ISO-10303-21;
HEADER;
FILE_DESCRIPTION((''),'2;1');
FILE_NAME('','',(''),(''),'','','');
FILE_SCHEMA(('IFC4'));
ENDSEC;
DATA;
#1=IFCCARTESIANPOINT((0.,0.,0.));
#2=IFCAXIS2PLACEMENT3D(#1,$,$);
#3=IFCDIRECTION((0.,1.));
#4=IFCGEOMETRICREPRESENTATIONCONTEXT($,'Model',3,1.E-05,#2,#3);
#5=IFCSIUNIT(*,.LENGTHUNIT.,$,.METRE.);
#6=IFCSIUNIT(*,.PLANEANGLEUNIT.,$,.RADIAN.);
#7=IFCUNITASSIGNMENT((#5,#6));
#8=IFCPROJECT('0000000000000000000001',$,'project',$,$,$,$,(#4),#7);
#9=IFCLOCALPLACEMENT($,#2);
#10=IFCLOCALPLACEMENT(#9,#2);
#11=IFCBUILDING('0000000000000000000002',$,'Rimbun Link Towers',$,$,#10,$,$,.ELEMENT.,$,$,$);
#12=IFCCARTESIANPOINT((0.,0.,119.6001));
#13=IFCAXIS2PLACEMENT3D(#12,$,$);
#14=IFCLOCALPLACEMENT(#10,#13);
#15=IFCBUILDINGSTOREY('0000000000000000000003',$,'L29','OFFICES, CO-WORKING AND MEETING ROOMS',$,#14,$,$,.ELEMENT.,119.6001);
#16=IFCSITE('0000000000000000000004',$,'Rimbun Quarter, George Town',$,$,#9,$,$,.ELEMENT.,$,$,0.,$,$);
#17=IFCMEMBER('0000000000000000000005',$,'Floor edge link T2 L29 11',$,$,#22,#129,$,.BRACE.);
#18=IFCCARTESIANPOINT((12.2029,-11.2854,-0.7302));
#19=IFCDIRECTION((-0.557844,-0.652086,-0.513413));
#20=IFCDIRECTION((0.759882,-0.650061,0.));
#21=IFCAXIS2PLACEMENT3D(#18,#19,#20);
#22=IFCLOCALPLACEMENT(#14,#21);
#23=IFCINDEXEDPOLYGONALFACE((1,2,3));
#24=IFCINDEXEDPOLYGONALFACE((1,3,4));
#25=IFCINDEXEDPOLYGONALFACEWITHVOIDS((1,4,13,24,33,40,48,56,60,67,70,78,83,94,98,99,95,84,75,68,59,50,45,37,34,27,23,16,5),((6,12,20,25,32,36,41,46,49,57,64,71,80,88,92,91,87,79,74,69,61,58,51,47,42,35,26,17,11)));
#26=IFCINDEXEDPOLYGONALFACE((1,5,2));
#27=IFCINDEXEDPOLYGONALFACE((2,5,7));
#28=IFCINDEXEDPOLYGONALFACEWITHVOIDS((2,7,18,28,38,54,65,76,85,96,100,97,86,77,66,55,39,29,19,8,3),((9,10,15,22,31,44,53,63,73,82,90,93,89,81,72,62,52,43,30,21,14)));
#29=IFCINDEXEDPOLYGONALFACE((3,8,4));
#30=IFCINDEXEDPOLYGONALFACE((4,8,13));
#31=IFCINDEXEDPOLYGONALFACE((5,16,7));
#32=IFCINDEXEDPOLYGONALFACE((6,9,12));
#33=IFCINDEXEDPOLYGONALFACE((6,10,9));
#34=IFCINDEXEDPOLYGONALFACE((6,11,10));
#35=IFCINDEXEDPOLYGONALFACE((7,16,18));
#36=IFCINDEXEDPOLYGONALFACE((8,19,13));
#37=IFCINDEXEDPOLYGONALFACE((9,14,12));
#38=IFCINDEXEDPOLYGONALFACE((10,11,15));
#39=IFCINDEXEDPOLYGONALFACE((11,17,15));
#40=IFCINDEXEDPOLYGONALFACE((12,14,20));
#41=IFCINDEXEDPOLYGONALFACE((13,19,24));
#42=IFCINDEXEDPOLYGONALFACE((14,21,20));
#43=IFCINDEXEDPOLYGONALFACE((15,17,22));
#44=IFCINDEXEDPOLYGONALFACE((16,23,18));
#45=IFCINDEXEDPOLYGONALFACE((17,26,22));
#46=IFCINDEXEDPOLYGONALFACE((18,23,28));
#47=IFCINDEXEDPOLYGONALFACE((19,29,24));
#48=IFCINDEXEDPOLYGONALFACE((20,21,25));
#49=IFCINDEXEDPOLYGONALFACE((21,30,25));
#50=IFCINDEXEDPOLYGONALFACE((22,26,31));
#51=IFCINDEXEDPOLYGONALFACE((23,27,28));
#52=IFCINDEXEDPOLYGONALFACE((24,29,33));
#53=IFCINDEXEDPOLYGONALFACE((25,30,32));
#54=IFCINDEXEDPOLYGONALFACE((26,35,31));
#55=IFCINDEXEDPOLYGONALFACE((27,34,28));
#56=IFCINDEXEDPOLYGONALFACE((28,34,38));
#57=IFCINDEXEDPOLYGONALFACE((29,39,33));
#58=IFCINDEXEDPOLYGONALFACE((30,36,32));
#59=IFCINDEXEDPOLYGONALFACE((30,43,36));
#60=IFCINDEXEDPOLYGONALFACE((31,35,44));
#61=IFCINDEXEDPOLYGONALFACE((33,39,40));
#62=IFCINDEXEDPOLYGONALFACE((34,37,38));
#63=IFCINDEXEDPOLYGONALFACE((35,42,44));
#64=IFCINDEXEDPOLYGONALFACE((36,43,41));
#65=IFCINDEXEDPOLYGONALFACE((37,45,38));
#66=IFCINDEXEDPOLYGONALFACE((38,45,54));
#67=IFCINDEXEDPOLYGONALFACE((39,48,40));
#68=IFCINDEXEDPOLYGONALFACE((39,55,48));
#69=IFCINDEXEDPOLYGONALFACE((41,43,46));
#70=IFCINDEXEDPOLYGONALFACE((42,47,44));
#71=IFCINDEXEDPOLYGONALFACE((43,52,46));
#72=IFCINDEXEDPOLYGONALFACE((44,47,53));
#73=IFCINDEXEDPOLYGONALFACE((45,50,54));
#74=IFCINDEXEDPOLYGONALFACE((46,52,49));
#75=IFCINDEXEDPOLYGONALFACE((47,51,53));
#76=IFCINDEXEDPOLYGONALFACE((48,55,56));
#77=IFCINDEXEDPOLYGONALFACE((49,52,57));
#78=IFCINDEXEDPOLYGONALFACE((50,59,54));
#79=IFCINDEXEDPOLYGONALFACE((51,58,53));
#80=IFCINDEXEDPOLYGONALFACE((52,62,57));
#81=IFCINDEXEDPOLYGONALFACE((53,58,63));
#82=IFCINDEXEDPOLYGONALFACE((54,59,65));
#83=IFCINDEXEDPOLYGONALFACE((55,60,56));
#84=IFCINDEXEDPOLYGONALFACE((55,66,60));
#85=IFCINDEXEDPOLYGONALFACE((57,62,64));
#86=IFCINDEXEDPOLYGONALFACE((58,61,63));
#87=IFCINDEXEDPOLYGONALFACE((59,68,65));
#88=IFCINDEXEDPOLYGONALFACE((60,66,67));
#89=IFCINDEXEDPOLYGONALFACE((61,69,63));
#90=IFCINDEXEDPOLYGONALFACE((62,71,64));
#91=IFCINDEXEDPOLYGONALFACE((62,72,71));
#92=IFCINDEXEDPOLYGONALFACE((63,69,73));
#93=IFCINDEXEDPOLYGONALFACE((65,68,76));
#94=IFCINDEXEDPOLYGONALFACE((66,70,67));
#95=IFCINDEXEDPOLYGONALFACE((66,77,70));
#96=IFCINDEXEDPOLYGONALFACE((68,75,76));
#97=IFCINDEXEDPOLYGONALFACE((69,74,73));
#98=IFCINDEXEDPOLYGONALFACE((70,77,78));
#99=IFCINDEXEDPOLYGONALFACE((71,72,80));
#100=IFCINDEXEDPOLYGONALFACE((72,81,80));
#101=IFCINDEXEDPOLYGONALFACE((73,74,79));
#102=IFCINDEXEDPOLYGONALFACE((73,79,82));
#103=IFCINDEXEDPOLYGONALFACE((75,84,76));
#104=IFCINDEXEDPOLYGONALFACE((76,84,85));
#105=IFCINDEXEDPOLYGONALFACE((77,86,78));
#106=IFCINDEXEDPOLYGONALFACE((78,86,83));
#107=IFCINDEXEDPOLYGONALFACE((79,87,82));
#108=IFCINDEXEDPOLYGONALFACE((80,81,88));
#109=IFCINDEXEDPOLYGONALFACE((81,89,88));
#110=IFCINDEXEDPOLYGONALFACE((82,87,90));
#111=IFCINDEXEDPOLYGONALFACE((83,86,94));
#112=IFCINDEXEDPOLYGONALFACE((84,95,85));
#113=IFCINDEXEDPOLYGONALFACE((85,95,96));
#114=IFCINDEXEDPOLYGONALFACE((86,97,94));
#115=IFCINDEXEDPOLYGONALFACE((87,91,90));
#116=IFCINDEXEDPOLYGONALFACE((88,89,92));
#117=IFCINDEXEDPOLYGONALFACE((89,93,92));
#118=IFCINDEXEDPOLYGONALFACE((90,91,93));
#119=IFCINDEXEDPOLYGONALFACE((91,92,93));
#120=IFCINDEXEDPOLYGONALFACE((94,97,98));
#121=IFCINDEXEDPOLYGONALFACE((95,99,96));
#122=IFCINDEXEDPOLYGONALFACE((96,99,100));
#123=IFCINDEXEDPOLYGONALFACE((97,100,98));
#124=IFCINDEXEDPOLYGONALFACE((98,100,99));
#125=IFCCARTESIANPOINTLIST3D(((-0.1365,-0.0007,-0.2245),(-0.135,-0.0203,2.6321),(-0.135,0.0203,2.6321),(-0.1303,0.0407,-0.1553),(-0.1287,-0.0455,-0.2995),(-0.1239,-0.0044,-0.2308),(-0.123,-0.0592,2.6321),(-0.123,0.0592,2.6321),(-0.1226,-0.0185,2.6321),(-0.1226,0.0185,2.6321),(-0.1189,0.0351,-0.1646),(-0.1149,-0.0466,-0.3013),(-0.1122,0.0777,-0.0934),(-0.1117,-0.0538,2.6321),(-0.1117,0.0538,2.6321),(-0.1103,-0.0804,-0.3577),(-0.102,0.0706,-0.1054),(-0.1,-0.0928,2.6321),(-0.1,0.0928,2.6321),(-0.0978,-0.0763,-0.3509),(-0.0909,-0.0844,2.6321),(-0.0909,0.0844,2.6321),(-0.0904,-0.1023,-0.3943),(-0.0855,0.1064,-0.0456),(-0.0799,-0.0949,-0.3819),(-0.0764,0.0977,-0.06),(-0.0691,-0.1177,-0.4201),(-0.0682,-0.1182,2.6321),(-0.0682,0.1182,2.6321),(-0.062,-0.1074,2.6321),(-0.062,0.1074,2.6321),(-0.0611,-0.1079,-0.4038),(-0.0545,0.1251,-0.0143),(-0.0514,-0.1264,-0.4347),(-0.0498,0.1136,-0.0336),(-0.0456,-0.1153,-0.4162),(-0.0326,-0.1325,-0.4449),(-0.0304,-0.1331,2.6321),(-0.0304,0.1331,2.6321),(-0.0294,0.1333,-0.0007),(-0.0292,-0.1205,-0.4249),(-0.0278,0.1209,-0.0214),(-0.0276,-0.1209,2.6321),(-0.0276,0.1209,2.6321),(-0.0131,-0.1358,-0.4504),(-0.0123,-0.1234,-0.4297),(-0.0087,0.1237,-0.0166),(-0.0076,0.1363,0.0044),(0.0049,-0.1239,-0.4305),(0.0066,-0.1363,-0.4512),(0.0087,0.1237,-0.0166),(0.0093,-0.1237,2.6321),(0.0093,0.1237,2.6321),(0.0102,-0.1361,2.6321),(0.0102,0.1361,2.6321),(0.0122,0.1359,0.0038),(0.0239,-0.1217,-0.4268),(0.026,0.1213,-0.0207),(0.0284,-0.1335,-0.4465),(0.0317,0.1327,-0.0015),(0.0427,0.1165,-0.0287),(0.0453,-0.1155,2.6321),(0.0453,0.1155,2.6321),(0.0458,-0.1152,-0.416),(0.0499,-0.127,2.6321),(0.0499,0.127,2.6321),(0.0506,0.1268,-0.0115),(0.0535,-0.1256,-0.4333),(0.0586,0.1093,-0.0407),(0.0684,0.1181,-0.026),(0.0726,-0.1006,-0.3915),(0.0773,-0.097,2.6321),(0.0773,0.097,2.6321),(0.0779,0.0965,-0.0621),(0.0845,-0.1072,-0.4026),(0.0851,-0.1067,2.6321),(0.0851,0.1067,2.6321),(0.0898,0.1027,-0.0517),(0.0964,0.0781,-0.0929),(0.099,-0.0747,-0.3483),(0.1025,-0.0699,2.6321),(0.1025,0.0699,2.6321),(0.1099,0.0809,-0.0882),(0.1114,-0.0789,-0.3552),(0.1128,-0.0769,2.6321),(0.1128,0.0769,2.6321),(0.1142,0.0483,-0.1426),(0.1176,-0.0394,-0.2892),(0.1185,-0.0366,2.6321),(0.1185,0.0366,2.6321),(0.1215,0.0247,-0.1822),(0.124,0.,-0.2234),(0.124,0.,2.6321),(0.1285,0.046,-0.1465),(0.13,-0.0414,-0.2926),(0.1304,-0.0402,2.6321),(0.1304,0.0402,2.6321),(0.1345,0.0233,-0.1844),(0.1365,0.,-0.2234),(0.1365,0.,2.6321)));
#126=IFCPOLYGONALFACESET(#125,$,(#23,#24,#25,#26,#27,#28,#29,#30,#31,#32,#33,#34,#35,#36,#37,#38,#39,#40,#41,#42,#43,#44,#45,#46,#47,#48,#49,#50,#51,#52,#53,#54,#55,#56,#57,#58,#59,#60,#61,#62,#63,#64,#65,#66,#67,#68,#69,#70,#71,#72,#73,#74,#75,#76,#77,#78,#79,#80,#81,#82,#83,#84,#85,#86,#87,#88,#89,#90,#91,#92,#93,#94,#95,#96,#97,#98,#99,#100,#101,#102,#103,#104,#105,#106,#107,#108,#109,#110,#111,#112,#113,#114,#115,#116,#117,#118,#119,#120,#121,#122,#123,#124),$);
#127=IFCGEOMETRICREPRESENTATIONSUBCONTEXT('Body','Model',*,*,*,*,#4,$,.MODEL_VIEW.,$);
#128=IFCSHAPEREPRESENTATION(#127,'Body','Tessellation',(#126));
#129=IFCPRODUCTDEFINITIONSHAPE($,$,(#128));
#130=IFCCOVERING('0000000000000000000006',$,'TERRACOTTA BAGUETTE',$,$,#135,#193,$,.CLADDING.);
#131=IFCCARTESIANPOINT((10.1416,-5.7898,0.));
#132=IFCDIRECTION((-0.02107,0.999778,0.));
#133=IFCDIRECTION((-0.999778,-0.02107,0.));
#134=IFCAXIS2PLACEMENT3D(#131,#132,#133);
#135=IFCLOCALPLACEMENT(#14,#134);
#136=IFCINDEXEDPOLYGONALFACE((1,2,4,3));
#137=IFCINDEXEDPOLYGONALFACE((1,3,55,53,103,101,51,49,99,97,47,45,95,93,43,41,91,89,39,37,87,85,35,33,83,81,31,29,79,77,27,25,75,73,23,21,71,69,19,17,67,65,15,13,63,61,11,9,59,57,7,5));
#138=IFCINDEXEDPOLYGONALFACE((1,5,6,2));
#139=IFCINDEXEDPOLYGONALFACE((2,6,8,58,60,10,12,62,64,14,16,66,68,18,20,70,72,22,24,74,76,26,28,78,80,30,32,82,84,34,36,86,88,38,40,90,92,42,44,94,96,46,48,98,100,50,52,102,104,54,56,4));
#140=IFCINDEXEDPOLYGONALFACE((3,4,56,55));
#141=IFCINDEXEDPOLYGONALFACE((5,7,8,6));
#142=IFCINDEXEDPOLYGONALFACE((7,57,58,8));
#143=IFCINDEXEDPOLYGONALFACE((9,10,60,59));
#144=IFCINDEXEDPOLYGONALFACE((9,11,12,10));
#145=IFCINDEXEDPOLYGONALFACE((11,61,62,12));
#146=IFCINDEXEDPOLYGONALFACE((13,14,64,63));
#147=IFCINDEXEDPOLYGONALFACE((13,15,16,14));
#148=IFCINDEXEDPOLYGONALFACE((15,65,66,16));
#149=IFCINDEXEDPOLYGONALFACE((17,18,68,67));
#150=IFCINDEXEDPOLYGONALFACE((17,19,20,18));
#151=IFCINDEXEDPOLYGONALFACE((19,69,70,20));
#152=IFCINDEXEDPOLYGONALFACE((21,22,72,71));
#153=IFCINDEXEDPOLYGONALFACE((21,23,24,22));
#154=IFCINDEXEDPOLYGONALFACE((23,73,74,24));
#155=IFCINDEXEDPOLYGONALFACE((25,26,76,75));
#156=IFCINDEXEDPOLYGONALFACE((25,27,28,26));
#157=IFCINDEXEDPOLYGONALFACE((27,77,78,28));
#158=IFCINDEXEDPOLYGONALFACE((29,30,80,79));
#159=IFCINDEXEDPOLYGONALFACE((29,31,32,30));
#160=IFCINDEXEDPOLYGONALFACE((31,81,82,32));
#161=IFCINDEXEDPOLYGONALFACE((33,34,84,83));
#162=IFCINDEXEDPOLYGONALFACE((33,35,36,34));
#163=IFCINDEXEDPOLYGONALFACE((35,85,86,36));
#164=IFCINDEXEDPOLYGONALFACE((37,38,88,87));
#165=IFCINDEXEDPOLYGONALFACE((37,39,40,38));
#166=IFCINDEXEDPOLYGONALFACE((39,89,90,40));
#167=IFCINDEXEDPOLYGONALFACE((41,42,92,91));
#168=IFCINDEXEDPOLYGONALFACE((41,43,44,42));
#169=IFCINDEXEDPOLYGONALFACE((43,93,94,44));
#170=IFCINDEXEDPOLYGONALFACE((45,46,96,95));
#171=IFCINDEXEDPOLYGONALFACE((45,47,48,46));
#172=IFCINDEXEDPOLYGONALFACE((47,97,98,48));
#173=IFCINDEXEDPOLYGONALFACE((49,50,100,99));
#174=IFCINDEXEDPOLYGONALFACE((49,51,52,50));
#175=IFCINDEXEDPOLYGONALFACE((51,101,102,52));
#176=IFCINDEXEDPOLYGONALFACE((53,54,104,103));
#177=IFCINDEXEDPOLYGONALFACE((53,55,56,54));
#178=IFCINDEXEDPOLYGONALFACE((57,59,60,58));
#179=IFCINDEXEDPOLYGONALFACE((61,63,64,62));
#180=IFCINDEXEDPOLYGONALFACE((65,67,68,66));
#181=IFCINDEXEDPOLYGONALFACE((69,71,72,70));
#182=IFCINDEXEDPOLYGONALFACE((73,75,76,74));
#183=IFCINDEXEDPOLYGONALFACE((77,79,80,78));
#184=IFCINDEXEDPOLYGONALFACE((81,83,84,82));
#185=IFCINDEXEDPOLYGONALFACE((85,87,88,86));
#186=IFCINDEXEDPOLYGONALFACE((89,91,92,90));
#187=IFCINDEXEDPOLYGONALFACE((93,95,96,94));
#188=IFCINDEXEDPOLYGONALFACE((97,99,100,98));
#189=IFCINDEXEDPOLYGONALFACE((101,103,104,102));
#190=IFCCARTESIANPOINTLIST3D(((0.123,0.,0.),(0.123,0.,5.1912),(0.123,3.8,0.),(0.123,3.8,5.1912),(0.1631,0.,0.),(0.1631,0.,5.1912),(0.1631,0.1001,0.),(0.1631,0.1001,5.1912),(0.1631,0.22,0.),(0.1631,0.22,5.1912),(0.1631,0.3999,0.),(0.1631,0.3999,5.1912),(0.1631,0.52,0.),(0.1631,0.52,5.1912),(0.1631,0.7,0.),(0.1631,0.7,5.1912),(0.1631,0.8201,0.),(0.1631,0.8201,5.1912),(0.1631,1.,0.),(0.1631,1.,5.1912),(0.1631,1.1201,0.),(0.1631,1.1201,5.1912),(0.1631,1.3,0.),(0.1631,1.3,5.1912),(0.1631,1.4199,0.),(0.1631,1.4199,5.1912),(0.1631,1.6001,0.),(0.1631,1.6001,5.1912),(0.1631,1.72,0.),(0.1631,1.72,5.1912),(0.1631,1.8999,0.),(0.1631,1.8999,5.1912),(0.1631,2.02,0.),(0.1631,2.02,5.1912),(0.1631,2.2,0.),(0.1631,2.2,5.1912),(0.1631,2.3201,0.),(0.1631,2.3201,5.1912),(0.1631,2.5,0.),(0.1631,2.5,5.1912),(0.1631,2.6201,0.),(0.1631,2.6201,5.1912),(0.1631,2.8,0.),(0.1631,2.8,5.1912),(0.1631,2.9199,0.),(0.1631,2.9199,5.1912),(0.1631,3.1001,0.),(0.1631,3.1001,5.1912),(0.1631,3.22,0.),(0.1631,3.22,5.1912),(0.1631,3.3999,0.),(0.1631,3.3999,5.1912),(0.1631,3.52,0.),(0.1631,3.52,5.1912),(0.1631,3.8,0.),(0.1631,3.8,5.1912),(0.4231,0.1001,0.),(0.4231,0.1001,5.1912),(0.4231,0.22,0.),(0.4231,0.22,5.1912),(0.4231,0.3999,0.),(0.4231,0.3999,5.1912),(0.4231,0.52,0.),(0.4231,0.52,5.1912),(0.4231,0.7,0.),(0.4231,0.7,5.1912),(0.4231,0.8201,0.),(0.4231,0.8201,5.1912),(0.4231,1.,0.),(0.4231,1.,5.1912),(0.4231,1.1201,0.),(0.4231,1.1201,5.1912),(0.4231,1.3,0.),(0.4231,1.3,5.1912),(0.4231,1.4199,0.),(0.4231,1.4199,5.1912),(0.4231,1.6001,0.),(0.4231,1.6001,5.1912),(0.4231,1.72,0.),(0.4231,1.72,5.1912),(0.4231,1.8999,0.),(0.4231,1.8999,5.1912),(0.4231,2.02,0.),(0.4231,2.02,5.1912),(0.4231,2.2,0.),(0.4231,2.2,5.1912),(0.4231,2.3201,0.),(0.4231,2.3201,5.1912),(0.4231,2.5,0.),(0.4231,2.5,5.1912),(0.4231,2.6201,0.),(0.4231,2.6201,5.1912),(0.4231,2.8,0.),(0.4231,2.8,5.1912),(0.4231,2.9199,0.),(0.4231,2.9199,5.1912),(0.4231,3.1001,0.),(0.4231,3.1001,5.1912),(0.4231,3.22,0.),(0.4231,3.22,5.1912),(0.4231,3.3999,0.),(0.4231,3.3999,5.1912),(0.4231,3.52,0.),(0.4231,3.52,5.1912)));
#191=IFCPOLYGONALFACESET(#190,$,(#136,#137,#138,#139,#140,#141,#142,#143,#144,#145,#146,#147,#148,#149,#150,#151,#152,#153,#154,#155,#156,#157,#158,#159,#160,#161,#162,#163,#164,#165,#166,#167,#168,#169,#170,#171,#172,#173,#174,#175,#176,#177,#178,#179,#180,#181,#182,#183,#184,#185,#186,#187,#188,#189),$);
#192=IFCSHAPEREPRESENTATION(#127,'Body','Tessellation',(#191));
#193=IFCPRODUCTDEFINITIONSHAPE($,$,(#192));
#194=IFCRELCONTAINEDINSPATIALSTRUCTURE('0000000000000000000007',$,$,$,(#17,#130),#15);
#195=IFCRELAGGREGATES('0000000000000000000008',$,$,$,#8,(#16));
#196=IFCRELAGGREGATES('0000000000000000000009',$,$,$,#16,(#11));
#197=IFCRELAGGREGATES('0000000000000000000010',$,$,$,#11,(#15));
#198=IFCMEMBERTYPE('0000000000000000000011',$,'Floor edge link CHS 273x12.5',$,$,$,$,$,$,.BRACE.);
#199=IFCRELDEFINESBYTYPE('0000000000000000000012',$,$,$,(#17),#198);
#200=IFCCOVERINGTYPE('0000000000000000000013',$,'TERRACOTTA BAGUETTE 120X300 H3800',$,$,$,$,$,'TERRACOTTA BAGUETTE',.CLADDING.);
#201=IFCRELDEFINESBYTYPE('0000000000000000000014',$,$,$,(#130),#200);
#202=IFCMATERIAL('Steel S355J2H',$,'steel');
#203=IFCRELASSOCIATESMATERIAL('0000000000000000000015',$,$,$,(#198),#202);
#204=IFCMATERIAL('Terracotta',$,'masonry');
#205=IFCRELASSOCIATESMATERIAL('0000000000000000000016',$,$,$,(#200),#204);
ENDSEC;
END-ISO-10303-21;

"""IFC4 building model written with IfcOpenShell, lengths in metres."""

from ifc_helpers import new_model, si_unit, direction, frame, origin, origin_2d, place, context, subcontext, project, spatial, polyline, hollow_circle, outline, extrude, clip, halfspace, material, material_profile, profile_set, type_object, element, save


model = new_model("IFC4")

# Units and contexts
model_context = context("Model", 3, precision=1e-05, world=origin(), true_north=direction((0.0, 1.0)))
body_context = subcontext(model_context, "Body", "Model", "MODEL_VIEW")
ifc_project = project(units=[si_unit("LENGTHUNIT", "METRE"), si_unit("PLANEANGLEUNIT", "RADIAN")], contexts=[model_context])

# Site, building, storey
site_placement = place(None, origin())
site = spatial("IfcSite", under=ifc_project, at=site_placement, Name="Rimbun Quarter, George Town", CompositionType="ELEMENT", RefElevation=0.0)
building_placement = place(site_placement, origin())
building = spatial("IfcBuilding", under=site, at=building_placement, Name="Rimbun Link Towers", CompositionType="ELEMENT")
storey_placement = place(building_placement, frame((0.0, 0.0, 119.6001)))
storey = spatial("IfcBuildingStorey", under=building, at=storey_placement, Name="L29", Description="OFFICES, CO-WORKING AND MEETING ROOMS", CompositionType="ELEMENT", Elevation=119.6001)

# Member
ifc_material_1 = material(Name="Steel S355J2H", Category="steel")
ifc_material_profile_1 = material_profile(ifc_material_1, hollow_circle(Radius=0.1365, WallThickness=0.0125, at=origin_2d()), Name="CHS 273x12.5")
ifc_profile_set_1 = profile_set([ifc_material_profile_1], Name="Steel S355J2H")
member_type_1 = type_object("IfcMemberType", Name="Floor edge link CHS 273x12.5", PredefinedType="BRACE", material=ifc_profile_set_1)
member_1_placement = place(storey_placement, frame((12.2029, -11.2854, -0.7302), z_axis=(-0.557844, -0.652086, -0.513413), x_axis=(0.759882, -0.650061, 0.0)))
element("IfcMember", 1, at=member_1_placement, inside=storey, type_object=member_type_1, Name="Floor edge link T2 L29 11", PredefinedType="BRACE", context=body_context, shape_type="Clipping", body=[
    clip(extrude(hollow_circle(Radius=0.1365, WallThickness=0.0125, at=origin_2d()), frame((0.0, 0.0, -0.4758)), (0.0, 0.0, 1.0), 3.1079), halfspace(frame((0.0, 0.0, -0.2234), z_axis=(0.0, 0.858141, -0.513413)), False)),
])

# Covering
ifc_material_2 = material(Name="Terracotta", Category="masonry")
ifc_material_profile_2 = material_profile(ifc_material_2, outline(polyline([(0.123, 0.0), (0.1631, 0.0), (0.1631, 0.1001), (0.4231, 0.1001), (0.4231, 0.22), (0.1631, 0.22), (0.1631, 0.3999), (0.4231, 0.3999), (0.4231, 0.52), (0.1631, 0.52), (0.1631, 0.7), (0.4231, 0.7), (0.4231, 0.8201), (0.1631, 0.8201), (0.1631, 1.0), (0.4231, 1.0), (0.4231, 1.1201), (0.1631, 1.1201), (0.1631, 1.3), (0.4231, 1.3), (0.4231, 1.4199), (0.1631, 1.4199), (0.1631, 1.6001), (0.4231, 1.6001), (0.4231, 1.72), (0.1631, 1.72), (0.1631, 1.8999), (0.4231, 1.8999), (0.4231, 2.02), (0.1631, 2.02), (0.1631, 2.2), (0.4231, 2.2), (0.4231, 2.3201), (0.1631, 2.3201), (0.1631, 2.5), (0.4231, 2.5), (0.4231, 2.6201), (0.1631, 2.6201), (0.1631, 2.8), (0.4231, 2.8), (0.4231, 2.9199), (0.1631, 2.9199), (0.1631, 3.1001), (0.4231, 3.1001), (0.4231, 3.22), (0.1631, 3.22), (0.1631, 3.3999), (0.4231, 3.3999), (0.4231, 3.52), (0.1631, 3.52), (0.1631, 3.8), (0.123, 3.8), (0.123, 0.0)])), Name="BAGUETTE 120X300")
ifc_profile_set_2 = profile_set([ifc_material_profile_2], Name="Terracotta")
covering_type_1 = type_object("IfcCoveringType", Name="TERRACOTTA BAGUETTE 120X300 H3800", ElementType="TERRACOTTA BAGUETTE", PredefinedType="CLADDING", material=ifc_profile_set_2)
covering_1_placement = place(storey_placement, frame((10.1416, -5.7898, 0.0), z_axis=(-0.02107, 0.999778, 0.0), x_axis=(-0.999778, -0.02107, 0.0)))
element("IfcCovering", 2, at=covering_1_placement, inside=storey, type_object=covering_type_1, Name="TERRACOTTA BAGUETTE", PredefinedType="CLADDING", context=body_context, shape_type="SweptSolid", body=[
    extrude(outline(polyline([(0.123, 0.0), (0.1631, 0.0), (0.1631, 0.1001), (0.4231, 0.1001), (0.4231, 0.22), (0.1631, 0.22), (0.1631, 0.3999), (0.4231, 0.3999), (0.4231, 0.52), (0.1631, 0.52), (0.1631, 0.7), (0.4231, 0.7), (0.4231, 0.8201), (0.1631, 0.8201), (0.1631, 1.0), (0.4231, 1.0), (0.4231, 1.1201), (0.1631, 1.1201), (0.1631, 1.3), (0.4231, 1.3), (0.4231, 1.4199), (0.1631, 1.4199), (0.1631, 1.6001), (0.4231, 1.6001), (0.4231, 1.72), (0.1631, 1.72), (0.1631, 1.8999), (0.4231, 1.8999), (0.4231, 2.02), (0.1631, 2.02), (0.1631, 2.2), (0.4231, 2.2), (0.4231, 2.3201), (0.1631, 2.3201), (0.1631, 2.5), (0.4231, 2.5), (0.4231, 2.6201), (0.1631, 2.6201), (0.1631, 2.8), (0.4231, 2.8), (0.4231, 2.9199), (0.1631, 2.9199), (0.1631, 3.1001), (0.4231, 3.1001), (0.4231, 3.22), (0.1631, 3.22), (0.1631, 3.3999), (0.4231, 3.3999), (0.4231, 3.52), (0.1631, 3.52), (0.1631, 3.8), (0.123, 3.8), (0.123, 0.0)])), origin(), (0.0, 0.0, 1.0), 5.1912),
])

save(model, "model.ifc")
